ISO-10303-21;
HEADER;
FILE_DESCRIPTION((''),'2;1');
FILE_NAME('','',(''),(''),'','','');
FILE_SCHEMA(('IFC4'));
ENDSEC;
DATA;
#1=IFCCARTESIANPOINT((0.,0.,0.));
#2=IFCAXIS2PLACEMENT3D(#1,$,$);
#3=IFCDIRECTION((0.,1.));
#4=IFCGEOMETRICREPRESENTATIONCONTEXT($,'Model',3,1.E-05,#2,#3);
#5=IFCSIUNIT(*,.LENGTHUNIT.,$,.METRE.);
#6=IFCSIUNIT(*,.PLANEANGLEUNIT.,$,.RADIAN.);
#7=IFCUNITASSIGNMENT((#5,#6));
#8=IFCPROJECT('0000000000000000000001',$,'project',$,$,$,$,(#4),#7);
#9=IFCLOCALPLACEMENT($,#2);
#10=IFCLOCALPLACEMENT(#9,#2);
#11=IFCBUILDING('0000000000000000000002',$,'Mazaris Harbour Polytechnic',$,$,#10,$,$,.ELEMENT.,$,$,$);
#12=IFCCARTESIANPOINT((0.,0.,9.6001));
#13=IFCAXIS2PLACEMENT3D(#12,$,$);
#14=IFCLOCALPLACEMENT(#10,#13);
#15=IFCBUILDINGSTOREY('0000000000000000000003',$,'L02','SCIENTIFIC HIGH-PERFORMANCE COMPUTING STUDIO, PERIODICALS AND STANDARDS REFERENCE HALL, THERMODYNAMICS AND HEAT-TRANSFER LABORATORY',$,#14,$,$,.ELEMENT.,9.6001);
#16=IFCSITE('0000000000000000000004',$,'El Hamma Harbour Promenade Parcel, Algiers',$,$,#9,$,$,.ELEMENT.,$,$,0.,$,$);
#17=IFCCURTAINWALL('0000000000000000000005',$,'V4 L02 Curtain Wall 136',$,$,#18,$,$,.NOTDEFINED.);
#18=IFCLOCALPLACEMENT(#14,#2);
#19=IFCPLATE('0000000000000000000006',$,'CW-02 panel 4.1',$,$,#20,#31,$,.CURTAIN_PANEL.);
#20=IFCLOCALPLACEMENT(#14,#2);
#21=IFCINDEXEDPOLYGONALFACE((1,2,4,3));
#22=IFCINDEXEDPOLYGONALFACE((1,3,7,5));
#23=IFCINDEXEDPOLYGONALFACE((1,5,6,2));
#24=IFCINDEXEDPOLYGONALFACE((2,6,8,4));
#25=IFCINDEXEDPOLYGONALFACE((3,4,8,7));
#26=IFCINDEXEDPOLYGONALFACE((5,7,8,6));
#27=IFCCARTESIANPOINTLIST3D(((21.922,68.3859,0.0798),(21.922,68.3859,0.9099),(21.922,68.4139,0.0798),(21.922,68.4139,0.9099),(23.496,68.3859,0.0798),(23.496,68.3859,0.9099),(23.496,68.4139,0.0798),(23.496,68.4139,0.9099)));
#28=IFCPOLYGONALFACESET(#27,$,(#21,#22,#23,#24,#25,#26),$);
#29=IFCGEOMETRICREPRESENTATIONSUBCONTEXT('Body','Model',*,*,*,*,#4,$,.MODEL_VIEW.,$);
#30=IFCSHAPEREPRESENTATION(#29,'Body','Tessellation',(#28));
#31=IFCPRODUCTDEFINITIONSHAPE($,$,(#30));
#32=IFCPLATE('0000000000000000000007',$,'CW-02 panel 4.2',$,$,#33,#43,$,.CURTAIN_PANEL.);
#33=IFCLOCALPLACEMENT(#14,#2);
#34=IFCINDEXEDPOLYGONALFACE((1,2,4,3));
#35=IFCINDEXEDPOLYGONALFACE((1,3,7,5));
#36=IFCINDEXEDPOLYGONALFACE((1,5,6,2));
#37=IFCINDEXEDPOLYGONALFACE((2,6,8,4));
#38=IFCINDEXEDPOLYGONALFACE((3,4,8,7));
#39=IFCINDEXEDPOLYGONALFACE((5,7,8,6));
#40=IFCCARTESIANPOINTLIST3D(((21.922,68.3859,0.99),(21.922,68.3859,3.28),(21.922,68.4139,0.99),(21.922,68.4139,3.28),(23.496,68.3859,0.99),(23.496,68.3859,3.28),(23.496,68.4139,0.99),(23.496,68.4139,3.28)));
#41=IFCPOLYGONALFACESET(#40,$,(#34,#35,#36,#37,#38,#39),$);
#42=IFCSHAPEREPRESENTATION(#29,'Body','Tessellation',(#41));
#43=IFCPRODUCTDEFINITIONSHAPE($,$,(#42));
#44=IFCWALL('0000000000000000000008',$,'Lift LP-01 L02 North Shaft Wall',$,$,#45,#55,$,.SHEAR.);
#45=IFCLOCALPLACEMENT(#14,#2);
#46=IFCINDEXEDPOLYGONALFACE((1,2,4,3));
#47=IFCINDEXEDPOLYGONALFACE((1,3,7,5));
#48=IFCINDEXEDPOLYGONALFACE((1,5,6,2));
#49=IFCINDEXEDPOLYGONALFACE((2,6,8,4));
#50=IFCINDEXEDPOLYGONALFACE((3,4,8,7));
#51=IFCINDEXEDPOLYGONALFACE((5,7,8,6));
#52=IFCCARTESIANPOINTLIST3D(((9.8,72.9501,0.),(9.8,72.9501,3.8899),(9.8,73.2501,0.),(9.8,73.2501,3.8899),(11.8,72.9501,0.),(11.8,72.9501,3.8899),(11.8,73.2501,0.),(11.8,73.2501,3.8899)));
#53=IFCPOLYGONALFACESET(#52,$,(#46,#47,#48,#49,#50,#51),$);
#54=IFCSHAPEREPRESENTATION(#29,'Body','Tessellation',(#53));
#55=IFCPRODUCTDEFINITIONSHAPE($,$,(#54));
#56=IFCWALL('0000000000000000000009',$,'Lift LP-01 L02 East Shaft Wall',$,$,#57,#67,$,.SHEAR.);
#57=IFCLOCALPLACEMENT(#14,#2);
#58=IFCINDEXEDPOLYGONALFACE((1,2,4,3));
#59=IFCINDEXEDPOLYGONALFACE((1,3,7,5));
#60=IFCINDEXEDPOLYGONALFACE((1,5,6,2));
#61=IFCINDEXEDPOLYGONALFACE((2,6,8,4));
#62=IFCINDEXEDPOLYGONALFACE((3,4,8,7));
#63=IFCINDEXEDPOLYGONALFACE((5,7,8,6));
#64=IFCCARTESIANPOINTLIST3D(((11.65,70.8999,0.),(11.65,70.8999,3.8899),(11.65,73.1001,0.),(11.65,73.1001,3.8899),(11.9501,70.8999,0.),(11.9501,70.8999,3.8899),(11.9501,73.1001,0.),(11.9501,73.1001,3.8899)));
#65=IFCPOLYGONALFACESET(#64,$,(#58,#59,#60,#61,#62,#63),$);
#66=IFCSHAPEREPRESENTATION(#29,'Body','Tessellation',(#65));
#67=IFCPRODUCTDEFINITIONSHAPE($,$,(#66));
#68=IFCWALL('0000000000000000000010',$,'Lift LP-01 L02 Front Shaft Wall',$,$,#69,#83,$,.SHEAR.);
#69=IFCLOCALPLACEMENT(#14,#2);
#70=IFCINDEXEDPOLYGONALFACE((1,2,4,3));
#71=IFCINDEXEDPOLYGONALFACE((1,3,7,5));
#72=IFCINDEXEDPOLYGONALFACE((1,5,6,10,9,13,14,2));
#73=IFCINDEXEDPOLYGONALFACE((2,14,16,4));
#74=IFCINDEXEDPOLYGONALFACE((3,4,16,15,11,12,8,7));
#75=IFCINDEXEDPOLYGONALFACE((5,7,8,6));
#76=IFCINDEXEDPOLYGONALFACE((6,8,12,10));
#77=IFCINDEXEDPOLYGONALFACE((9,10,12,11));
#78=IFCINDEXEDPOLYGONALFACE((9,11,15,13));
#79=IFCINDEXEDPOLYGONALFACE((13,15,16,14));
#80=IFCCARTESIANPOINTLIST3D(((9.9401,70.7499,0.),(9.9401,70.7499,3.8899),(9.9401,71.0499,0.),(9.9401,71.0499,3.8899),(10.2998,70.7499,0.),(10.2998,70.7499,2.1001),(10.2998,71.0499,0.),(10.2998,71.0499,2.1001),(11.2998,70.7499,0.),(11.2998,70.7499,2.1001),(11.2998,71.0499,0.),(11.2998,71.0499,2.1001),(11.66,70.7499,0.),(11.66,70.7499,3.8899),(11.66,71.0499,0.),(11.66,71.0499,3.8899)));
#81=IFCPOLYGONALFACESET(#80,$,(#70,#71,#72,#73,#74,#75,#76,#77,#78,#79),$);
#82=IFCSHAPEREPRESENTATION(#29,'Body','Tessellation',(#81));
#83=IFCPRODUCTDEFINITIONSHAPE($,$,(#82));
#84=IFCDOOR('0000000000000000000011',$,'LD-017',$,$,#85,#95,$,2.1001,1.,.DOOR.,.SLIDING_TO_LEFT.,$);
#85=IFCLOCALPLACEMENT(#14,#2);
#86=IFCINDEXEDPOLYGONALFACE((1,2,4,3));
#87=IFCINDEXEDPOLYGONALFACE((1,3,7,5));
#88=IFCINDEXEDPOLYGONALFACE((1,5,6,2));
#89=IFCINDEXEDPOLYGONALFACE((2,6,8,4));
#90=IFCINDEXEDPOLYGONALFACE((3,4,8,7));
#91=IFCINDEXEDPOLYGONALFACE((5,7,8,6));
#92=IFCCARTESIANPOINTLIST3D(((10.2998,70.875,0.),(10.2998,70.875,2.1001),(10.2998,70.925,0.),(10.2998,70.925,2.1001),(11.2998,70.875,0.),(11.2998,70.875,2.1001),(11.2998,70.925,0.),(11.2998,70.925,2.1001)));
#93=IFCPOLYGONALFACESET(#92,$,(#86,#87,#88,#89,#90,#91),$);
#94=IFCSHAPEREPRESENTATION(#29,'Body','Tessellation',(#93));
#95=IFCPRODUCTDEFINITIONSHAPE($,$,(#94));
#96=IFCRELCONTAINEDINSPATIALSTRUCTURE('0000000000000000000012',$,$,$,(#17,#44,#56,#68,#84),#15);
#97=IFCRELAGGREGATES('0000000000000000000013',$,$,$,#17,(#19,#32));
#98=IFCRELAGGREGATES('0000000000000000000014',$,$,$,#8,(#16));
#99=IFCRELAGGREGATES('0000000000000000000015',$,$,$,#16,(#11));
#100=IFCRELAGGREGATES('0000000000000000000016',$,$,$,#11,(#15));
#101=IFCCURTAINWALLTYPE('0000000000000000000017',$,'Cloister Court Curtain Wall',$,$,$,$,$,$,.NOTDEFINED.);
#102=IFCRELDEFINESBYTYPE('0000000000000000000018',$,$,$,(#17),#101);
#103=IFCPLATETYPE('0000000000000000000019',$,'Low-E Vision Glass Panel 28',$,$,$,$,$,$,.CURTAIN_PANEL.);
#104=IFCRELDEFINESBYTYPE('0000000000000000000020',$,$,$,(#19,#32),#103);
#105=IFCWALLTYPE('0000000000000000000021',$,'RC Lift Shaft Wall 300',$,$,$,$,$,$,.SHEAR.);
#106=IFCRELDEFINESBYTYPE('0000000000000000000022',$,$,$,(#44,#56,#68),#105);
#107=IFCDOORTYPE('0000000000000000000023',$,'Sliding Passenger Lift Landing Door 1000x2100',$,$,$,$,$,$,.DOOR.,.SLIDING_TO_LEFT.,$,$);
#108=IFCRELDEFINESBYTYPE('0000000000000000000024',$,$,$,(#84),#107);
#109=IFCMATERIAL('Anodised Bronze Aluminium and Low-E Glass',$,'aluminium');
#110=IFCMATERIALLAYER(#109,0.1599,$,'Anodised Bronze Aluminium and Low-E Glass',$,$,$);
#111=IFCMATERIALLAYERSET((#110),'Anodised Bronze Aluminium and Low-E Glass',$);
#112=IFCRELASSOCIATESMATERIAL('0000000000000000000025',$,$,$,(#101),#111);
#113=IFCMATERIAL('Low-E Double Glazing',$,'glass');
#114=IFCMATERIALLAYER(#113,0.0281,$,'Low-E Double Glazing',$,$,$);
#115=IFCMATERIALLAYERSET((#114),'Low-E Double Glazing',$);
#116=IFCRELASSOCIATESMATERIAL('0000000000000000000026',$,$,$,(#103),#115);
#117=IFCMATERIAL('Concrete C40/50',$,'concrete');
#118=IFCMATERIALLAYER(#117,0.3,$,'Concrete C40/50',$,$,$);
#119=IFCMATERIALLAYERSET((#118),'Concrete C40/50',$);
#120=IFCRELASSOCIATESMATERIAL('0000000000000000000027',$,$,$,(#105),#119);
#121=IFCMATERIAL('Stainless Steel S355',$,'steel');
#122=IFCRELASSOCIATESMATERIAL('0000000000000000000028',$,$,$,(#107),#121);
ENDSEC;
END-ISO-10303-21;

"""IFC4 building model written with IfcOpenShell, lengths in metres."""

from ifc_helpers import new_model, si_unit, direction, frame, frame_2d, origin, origin_2d, place, context, subcontext, project, spatial, rectangle, extrude, material, layer, layer_set, type_object, element, fill, aggregate, save


model = new_model("IFC4")

# Units and contexts
model_context = context("Model", 3, precision=1e-05, world=origin(), true_north=direction((0.0, 1.0)))
body_context = subcontext(model_context, "Body", "Model", "MODEL_VIEW")
ifc_project = project(units=[si_unit("LENGTHUNIT", "METRE"), si_unit("PLANEANGLEUNIT", "RADIAN")], contexts=[model_context])

# Site, building, storey
site_placement = place(None, origin())
site = spatial("IfcSite", under=ifc_project, at=site_placement, Name="El Hamma Harbour Promenade Parcel, Algiers", CompositionType="ELEMENT", RefElevation=0.0)
building_placement = place(site_placement, origin())
building = spatial("IfcBuilding", under=site, at=building_placement, Name="Mazaris Harbour Polytechnic", CompositionType="ELEMENT")
storey_placement = place(building_placement, frame((0.0, 0.0, 9.6001)))
storey = spatial("IfcBuildingStorey", under=building, at=storey_placement, Name="L02", Description="SCIENTIFIC HIGH-PERFORMANCE COMPUTING STUDIO, PERIODICALS AND STANDARDS REFERENCE HALL, THERMODYNAMICS AND HEAT-TRANSFER LABORATORY", CompositionType="ELEMENT", Elevation=9.6001)

# Shared definitions
ifc_material_1 = material(Name="Anodised Bronze Aluminium and Low-E Glass", Category="aluminium")
ifc_layer_1 = layer(ifc_material_1, 0.1599, Name="Anodised Bronze Aluminium and Low-E Glass")
ifc_layer_set_1 = layer_set([ifc_layer_1], Name="Anodised Bronze Aluminium and Low-E Glass")
curtain_wall_type = type_object("IfcCurtainWallType", Name="Cloister Court Curtain Wall", PredefinedType="NOTDEFINED", material=ifc_layer_set_1)

# Curtain wall
curtain_wall_1_placement = place(storey_placement, origin())
curtain_wall_1 = element("IfcCurtainWall", 1, at=curtain_wall_1_placement, inside=storey, type_object=curtain_wall_type, Name="V4 L02 Curtain Wall 136", PredefinedType="NOTDEFINED")

# Plates
ifc_material_2 = material(Name="Low-E Double Glazing", Category="glass")
ifc_layer_2 = layer(ifc_material_2, 0.0281, Name="Low-E Double Glazing")
ifc_layer_set_2 = layer_set([ifc_layer_2], Name="Low-E Double Glazing")
plate_type = type_object("IfcPlateType", Name="Low-E Vision Glass Panel 28", PredefinedType="CURTAIN_PANEL", material=ifc_layer_set_2)
plate_1_placement = place(storey_placement, frame((22.709, 68.3999, 0.0798), z_axis=(0.0, 0.0, 1.0), x_axis=(-1.0, 0.0, 0.0)))
plate_1 = element("IfcPlate", 2, at=plate_1_placement, type_object=plate_type, Name="CW-02 panel 4.1", PredefinedType="CURTAIN_PANEL", context=body_context, shape_type="SweptSolid", body=[
    extrude(rectangle(XDim=1.574, YDim=0.0281, at=origin_2d()), origin(), (0.0, 0.0, 1.0), 0.8301),
])
plate_2_placement = place(storey_placement, frame((22.709, 68.3999, 0.99), z_axis=(0.0, 0.0, 1.0), x_axis=(-1.0, 0.0, 0.0)))
plate_2 = element("IfcPlate", 3, at=plate_2_placement, type_object=plate_type, Name="CW-02 panel 4.2", PredefinedType="CURTAIN_PANEL", context=body_context, shape_type="SweptSolid", body=[
    extrude(rectangle(XDim=1.574, YDim=0.0281, at=origin_2d()), origin(), (0.0, 0.0, 1.0), 2.29),
])
aggregate(curtain_wall_1, [plate_1, plate_2])

# Walls
ifc_material_3 = material(Name="Concrete C40/50", Category="concrete")
ifc_layer_3 = layer(ifc_material_3, 0.3, Name="Concrete C40/50")
ifc_layer_set_3 = layer_set([ifc_layer_3], Name="Concrete C40/50")
wall_type = type_object("IfcWallType", Name="RC Lift Shaft Wall 300", PredefinedType="SHEAR", material=ifc_layer_set_3)
wall_1_placement = place(storey_placement, frame((11.8, 73.1001, 0.0), z_axis=(0.0, 0.0, 1.0), x_axis=(-1.0, 0.0, 0.0)))
element("IfcWall", 4, at=wall_1_placement, inside=storey, type_object=wall_type, Name="Lift LP-01 L02 North Shaft Wall", PredefinedType="SHEAR", context=body_context, shape_type="SweptSolid", body=[
    extrude(rectangle(XDim=2.0, YDim=0.3, at=frame_2d((1.0, 0.0))), origin(), (0.0, 0.0, 1.0), 3.8899),
])
wall_2_placement = place(storey_placement, frame((11.8, 70.8999, 0.0), z_axis=(0.0, 0.0, 1.0), x_axis=(0.0, 1.0, 0.0)))
element("IfcWall", 5, at=wall_2_placement, inside=storey, type_object=wall_type, Name="Lift LP-01 L02 East Shaft Wall", PredefinedType="SHEAR", context=body_context, shape_type="SweptSolid", body=[
    extrude(rectangle(XDim=2.2002, YDim=0.3, at=frame_2d((1.1001, 0.0))), origin(), (0.0, 0.0, 1.0), 3.8899),
])

# Wall, opening, door
wall_3_placement = place(storey_placement, frame((11.6599, 70.8999, 0.0), z_axis=(0.0, 0.0, 1.0), x_axis=(-1.0, 0.0, 0.0)))
wall_3 = element("IfcWall", 6, at=wall_3_placement, inside=storey, type_object=wall_type, Name="Lift LP-01 L02 Front Shaft Wall", PredefinedType="SHEAR", context=body_context, shape_type="SweptSolid", body=[
    extrude(rectangle(XDim=1.72, YDim=0.3, at=frame_2d((0.8599, 0.0))), origin(), (0.0, 0.0, 1.0), 3.8899),
])
opening_placement = place(wall_3_placement, frame((0.3601, 0.0, 0.0)))
opening = element("IfcOpeningElement", 7, at=opening_placement, cuts=wall_3, PredefinedType="OPENING", context=body_context, shape_type="SweptSolid", body=[
    extrude(rectangle(XDim=1.0, YDim=2.1001, at=frame_2d((0.5, 1.05))), frame((0.0, 0.1599, 0.0), z_axis=(0.0, -1.0, 0.0), x_axis=(1.0, 0.0, 0.0)), (0.0, 0.0, 1.0), 0.3201),
])
ifc_material_4 = material(Name="Stainless Steel S355", Category="steel")
door_type = type_object("IfcDoorType", Name="Sliding Passenger Lift Landing Door 1000x2100", OperationType="SLIDING_TO_LEFT", PredefinedType="DOOR", material=ifc_material_4)
door_placement = place(opening_placement, origin())
door = element("IfcDoor", 8, at=door_placement, inside=storey, type_object=door_type, Name="LD-017", OperationType="SLIDING_TO_LEFT", OverallHeight=2.1001, OverallWidth=1.0, PredefinedType="DOOR", context=body_context, shape_type="SweptSolid", body=[
    extrude(rectangle(XDim=1.0, YDim=2.1001, at=frame_2d((0.5, 1.05))), frame((0.0, 0.0249, 0.0), z_axis=(0.0, -1.0, 0.0), x_axis=(1.0, 0.0, 0.0)), (0.0, 0.0, 1.0), 0.05),
])
fill(opening, door)

save(model, "model.ifc")
